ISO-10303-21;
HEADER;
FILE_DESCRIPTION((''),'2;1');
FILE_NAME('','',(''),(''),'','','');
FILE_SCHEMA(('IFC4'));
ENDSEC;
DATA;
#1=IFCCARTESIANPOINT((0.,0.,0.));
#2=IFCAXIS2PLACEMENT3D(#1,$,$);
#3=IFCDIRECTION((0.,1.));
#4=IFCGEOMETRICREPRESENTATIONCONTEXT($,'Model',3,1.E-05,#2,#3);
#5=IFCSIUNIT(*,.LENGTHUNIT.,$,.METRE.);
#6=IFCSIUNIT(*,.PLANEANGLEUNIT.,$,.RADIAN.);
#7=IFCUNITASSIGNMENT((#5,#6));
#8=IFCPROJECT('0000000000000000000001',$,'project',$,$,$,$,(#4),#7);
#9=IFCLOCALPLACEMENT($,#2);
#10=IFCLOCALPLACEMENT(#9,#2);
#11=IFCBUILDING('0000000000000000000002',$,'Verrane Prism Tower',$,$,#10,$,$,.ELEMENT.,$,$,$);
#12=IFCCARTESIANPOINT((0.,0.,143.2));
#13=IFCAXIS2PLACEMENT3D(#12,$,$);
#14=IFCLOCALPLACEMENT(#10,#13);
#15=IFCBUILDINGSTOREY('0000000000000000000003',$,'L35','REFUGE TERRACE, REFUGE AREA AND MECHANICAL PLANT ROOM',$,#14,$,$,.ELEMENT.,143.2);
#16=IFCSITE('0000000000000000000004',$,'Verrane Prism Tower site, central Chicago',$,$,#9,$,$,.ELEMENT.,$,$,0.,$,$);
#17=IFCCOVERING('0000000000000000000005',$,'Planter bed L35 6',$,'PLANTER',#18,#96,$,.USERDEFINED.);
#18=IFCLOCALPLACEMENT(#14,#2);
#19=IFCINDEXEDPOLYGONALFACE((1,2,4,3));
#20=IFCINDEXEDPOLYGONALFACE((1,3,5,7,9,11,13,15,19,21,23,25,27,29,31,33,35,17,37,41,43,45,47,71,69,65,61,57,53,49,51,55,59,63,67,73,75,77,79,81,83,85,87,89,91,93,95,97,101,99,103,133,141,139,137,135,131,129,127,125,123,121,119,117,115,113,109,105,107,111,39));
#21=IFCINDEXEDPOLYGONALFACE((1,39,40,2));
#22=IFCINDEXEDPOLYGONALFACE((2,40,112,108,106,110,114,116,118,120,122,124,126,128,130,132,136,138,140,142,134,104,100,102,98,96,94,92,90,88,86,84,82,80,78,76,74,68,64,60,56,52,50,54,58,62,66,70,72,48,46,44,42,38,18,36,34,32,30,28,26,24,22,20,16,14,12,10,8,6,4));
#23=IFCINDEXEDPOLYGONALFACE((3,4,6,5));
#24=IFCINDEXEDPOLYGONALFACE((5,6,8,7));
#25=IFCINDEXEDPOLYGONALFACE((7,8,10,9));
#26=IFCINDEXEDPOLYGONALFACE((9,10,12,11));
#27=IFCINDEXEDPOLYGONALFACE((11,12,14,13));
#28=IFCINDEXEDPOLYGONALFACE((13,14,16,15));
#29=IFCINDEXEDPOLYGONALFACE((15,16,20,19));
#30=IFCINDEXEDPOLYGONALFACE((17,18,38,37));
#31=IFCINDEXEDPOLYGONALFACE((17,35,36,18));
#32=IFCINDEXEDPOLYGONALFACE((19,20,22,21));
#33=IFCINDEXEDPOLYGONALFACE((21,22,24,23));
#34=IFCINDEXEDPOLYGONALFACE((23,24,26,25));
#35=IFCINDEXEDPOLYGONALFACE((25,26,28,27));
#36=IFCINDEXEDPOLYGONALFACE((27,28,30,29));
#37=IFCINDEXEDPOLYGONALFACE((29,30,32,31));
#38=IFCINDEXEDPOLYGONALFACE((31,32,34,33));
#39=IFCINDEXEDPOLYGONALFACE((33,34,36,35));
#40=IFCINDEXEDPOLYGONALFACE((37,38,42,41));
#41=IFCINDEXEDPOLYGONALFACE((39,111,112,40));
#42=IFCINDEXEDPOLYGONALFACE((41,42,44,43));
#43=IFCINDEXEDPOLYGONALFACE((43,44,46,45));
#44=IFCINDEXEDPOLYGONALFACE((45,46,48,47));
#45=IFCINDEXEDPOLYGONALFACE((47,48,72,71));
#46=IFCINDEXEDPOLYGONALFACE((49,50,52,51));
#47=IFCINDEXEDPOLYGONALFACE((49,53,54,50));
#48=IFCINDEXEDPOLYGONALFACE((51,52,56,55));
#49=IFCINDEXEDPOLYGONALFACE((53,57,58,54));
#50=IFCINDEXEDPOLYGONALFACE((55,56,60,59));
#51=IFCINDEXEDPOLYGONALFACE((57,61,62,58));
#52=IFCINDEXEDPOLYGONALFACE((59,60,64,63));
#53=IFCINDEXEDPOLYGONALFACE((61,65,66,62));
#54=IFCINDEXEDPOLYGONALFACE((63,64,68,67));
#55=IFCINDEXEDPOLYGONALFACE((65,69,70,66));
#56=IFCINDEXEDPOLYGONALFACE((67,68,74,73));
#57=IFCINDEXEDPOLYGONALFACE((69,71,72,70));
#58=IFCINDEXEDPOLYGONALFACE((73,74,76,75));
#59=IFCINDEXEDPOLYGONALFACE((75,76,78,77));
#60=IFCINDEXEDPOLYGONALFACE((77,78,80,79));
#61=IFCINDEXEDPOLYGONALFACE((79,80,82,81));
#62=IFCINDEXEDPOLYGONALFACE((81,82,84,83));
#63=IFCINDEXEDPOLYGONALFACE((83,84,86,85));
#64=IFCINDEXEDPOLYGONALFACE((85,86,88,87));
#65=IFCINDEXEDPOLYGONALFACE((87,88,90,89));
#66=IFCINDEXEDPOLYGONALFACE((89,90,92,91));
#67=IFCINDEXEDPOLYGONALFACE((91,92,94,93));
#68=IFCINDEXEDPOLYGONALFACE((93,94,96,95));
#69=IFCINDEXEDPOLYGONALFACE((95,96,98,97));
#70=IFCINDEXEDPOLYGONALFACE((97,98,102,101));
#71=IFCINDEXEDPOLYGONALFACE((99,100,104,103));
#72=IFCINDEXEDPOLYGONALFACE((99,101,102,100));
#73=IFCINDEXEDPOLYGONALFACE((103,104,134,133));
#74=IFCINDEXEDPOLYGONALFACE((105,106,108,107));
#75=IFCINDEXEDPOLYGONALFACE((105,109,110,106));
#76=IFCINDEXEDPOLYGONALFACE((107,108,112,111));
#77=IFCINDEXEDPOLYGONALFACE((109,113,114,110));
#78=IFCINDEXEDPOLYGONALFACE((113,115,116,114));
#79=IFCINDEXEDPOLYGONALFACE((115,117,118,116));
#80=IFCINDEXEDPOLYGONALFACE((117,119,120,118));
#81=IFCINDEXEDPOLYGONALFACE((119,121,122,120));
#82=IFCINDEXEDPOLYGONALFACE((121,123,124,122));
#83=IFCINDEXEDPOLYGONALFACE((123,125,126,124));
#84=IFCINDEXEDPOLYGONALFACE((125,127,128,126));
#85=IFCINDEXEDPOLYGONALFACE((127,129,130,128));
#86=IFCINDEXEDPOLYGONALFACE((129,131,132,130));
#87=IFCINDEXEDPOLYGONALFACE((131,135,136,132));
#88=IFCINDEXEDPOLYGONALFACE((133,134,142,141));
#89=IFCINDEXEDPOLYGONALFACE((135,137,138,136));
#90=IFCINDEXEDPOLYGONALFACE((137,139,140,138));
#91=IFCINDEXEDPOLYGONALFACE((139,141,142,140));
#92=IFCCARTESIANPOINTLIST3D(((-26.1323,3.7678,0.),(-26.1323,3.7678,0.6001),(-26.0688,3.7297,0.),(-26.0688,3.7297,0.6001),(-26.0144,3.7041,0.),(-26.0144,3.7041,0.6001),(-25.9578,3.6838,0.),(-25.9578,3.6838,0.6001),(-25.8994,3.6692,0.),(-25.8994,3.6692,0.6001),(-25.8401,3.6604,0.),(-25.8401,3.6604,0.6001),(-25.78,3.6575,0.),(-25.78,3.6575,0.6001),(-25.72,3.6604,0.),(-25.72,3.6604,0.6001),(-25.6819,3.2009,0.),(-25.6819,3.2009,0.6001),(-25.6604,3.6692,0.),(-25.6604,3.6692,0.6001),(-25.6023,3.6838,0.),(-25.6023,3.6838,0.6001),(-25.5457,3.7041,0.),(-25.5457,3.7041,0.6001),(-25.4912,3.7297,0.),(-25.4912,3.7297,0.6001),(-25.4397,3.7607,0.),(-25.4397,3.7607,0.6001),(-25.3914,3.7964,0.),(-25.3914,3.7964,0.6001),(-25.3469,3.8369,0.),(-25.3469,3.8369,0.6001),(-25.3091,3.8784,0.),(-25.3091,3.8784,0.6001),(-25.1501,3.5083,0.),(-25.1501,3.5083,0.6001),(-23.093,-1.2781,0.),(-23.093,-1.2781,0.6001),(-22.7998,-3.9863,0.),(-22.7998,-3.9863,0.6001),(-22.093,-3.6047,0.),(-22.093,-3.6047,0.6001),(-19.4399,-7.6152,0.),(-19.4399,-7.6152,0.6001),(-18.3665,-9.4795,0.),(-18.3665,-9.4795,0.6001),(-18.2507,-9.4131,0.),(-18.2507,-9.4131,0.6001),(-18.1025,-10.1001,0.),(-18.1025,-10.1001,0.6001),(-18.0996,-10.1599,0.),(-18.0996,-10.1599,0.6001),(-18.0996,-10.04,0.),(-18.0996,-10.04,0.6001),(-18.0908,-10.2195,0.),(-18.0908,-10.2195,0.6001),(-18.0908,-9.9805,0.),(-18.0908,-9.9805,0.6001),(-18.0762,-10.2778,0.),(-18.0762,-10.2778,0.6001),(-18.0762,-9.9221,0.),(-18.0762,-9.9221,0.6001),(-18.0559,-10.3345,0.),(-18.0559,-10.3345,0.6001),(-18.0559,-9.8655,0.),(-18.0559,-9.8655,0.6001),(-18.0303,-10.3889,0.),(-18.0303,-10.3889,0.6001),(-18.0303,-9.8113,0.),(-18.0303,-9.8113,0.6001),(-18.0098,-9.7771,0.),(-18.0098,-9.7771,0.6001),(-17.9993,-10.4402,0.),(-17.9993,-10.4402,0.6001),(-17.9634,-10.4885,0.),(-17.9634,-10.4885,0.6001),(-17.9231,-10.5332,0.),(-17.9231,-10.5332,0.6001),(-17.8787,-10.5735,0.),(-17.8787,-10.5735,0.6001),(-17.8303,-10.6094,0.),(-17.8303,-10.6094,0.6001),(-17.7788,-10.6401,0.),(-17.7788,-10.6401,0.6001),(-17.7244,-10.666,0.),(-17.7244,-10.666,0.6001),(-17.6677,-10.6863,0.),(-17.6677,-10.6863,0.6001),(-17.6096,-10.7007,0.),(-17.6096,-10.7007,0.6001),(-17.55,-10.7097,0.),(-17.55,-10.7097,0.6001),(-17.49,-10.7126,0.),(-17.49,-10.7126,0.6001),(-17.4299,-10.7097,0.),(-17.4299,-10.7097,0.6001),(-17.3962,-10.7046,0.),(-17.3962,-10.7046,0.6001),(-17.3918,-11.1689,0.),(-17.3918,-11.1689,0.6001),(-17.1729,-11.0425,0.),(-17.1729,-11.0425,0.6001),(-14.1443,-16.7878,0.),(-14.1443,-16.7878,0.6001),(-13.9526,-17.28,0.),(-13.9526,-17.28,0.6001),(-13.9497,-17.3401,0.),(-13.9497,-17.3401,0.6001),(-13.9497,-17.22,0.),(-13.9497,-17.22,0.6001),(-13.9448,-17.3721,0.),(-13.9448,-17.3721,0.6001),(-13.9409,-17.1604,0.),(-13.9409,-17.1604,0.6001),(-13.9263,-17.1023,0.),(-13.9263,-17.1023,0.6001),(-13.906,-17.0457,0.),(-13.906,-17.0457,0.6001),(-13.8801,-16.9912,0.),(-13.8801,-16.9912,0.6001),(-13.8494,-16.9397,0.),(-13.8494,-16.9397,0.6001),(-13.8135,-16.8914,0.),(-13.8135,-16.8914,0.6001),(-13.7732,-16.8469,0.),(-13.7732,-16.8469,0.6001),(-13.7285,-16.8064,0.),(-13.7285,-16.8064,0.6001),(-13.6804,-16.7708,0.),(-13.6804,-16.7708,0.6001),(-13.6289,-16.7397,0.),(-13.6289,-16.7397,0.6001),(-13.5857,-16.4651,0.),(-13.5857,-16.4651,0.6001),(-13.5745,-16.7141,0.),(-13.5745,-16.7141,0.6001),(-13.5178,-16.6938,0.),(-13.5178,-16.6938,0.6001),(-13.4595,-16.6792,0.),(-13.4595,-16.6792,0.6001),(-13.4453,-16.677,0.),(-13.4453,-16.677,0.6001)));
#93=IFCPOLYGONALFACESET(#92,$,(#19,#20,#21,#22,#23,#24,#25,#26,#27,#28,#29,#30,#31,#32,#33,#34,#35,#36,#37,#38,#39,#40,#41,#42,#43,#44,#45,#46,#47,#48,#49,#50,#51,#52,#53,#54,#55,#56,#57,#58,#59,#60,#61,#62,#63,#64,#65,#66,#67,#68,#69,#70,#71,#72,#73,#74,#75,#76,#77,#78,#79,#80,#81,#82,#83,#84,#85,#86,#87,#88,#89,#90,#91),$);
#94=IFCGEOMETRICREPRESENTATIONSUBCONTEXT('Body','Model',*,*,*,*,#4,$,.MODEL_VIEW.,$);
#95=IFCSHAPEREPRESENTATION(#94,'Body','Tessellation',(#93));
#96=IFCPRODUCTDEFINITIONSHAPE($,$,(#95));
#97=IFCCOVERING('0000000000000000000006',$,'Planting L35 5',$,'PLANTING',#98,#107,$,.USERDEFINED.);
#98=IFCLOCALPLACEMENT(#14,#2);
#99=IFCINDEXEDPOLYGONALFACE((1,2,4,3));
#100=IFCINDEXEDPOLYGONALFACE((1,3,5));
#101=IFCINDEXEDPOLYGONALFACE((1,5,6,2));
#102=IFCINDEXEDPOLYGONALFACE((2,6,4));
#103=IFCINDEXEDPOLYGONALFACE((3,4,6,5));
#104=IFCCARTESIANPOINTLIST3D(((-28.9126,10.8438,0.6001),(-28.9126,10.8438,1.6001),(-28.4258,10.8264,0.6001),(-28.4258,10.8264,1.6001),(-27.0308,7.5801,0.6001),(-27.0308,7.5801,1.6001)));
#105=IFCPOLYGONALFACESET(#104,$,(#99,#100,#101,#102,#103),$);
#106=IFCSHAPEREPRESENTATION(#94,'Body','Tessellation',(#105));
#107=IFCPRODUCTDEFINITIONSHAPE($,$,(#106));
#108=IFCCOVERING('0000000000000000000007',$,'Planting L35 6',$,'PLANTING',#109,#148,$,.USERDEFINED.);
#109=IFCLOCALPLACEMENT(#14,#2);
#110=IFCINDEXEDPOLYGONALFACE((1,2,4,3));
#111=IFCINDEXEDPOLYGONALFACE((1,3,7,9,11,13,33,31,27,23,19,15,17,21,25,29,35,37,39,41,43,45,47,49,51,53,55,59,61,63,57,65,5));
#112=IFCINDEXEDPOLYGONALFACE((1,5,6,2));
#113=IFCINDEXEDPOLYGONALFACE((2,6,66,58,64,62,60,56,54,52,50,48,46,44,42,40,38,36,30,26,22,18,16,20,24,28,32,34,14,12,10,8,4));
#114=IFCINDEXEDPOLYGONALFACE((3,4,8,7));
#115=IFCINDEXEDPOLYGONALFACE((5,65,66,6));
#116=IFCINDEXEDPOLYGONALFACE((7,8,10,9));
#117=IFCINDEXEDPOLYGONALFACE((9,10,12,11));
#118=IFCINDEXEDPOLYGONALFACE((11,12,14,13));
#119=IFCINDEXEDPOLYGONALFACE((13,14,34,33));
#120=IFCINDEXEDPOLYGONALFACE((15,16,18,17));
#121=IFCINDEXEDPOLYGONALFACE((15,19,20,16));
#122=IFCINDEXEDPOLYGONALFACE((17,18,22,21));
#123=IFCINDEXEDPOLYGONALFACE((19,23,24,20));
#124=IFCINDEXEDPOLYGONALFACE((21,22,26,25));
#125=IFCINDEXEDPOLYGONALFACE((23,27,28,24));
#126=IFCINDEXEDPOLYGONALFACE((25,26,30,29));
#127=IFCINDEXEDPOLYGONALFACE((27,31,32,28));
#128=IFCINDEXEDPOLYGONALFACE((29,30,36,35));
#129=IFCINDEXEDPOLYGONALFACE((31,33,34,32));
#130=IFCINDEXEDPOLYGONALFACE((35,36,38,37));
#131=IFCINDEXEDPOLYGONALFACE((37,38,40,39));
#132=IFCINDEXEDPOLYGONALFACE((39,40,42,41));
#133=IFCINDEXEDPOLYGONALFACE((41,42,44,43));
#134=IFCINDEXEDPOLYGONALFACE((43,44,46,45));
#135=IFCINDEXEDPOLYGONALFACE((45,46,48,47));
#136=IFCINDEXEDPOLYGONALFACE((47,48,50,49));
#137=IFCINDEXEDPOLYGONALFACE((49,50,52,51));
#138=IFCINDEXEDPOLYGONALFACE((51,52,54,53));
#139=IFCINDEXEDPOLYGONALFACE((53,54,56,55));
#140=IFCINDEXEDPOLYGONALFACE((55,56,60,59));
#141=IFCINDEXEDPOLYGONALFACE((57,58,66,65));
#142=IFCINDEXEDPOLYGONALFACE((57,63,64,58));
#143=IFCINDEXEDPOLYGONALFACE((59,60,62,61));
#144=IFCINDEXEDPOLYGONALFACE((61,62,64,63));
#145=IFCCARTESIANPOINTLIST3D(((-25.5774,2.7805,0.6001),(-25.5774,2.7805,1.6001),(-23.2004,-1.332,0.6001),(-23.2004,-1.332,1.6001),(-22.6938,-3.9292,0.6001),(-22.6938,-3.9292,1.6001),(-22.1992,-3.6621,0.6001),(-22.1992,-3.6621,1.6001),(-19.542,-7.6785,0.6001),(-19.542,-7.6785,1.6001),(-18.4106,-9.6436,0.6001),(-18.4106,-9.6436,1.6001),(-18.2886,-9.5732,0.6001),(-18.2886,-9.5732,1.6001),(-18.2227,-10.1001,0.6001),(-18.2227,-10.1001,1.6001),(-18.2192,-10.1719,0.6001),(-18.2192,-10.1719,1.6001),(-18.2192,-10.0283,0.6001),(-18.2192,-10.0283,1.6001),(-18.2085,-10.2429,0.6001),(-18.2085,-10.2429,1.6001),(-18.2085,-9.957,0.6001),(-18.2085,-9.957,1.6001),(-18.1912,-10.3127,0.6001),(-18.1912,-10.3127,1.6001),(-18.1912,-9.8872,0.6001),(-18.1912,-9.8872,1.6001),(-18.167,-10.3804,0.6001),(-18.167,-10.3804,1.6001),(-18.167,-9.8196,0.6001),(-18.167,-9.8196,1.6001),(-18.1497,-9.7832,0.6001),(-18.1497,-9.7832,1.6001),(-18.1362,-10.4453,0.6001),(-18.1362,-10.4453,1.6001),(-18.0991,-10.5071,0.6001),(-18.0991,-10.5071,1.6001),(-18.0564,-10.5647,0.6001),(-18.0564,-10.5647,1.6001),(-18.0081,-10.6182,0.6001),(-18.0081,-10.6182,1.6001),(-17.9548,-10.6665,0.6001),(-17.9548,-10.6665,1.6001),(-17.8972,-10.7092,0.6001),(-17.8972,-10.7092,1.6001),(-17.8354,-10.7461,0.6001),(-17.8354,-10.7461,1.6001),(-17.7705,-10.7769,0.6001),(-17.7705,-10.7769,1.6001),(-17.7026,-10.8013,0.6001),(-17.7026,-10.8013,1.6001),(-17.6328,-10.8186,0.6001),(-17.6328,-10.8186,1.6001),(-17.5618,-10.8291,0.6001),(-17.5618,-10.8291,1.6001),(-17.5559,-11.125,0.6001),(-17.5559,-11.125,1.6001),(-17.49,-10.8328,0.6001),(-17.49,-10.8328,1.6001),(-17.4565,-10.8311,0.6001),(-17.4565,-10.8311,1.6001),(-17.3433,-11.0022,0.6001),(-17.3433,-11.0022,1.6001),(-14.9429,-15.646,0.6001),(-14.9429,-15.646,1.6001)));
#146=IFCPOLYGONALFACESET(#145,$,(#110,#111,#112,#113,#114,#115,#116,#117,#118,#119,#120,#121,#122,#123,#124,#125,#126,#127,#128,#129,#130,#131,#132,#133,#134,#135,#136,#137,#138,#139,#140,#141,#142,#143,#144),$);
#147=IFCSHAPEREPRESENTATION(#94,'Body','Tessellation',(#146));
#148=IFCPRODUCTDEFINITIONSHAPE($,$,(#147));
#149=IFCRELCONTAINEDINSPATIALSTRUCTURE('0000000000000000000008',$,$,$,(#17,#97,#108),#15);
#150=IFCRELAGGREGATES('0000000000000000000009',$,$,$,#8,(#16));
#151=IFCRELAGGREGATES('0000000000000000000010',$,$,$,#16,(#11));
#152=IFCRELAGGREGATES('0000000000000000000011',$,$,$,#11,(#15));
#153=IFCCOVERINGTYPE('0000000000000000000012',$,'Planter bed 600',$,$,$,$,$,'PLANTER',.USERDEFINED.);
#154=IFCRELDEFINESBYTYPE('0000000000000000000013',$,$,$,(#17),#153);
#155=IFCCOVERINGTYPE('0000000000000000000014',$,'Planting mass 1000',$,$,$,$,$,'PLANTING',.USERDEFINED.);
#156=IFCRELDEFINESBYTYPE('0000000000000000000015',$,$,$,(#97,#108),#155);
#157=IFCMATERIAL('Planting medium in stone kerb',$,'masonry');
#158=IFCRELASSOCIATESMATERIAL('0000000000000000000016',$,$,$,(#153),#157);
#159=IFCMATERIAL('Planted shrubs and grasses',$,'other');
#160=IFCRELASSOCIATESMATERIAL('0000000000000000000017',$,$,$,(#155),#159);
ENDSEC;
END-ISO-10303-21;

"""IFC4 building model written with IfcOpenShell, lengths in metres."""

from ifc_helpers import new_model, si_unit, direction, frame, origin, place, context, subcontext, project, spatial, polyline, outline, extrude, material, type_object, element, save


model = new_model("IFC4")

# Units and contexts
model_context = context("Model", 3, precision=1e-05, world=origin(), true_north=direction((0.0, 1.0)))
body_context = subcontext(model_context, "Body", "Model", "MODEL_VIEW")
ifc_project = project(units=[si_unit("LENGTHUNIT", "METRE"), si_unit("PLANEANGLEUNIT", "RADIAN")], contexts=[model_context])

# Site, building, storey
site_placement = place(None, origin())
site = spatial("IfcSite", under=ifc_project, at=site_placement, Name="Verrane Prism Tower site, central Chicago", CompositionType="ELEMENT", RefElevation=0.0)
building_placement = place(site_placement, origin())
building = spatial("IfcBuilding", under=site, at=building_placement, Name="Verrane Prism Tower", CompositionType="ELEMENT")
storey_placement = place(building_placement, frame((0.0, 0.0, 143.2)))
storey = spatial("IfcBuildingStorey", under=building, at=storey_placement, Name="L35", Description="REFUGE TERRACE, REFUGE AREA AND MECHANICAL PLANT ROOM", CompositionType="ELEMENT", Elevation=143.2)

# Coverings
ifc_material_1 = material(Name="Planting medium in stone kerb", Category="masonry")
covering_type_1 = type_object("IfcCoveringType", Name="Planter bed 600", ElementType="PLANTER", PredefinedType="USERDEFINED", material=ifc_material_1)
covering_1_placement = place(storey_placement, origin())
element("IfcCovering", 1, at=covering_1_placement, inside=storey, type_object=covering_type_1, Name="Planter bed L35 6", ObjectType="PLANTER", PredefinedType="USERDEFINED", context=body_context, shape_type="SweptSolid", body=[
    extrude(outline(polyline([(-22.7998, -3.9863), (-13.9448, -17.3721), (-13.9497, -17.3401), (-13.9526, -17.28), (-13.9497, -17.22), (-13.9409, -17.1604), (-13.9263, -17.1023), (-13.906, -17.0457), (-13.8801, -16.9912), (-13.8494, -16.9397), (-13.8135, -16.8914), (-13.7732, -16.8469), (-13.7285, -16.8064), (-13.6804, -16.7708), (-13.6289, -16.7397), (-13.5745, -16.7141), (-13.5178, -16.6938), (-13.4595, -16.6792), (-13.4453, -16.677), (-13.5857, -16.4651), (-14.1443, -16.7878), (-17.3918, -11.1689), (-17.1729, -11.0425), (-17.3962, -10.7046), (-17.4299, -10.7097), (-17.49, -10.7126), (-17.55, -10.7097), (-17.6096, -10.7007), (-17.6677, -10.6863), (-17.7244, -10.666), (-17.7788, -10.6401), (-17.8303, -10.6094), (-17.8787, -10.5735), (-17.9231, -10.5332), (-17.9634, -10.4885), (-17.9993, -10.4402), (-18.0303, -10.3889), (-18.0559, -10.3345), (-18.0762, -10.2778), (-18.0908, -10.2195), (-18.0996, -10.1599), (-18.1025, -10.1001), (-18.0996, -10.04), (-18.0908, -9.9805), (-18.0762, -9.9221), (-18.0559, -9.8655), (-18.0303, -9.8113), (-18.0098, -9.7771), (-18.2507, -9.4131), (-18.3665, -9.4795), (-19.4399, -7.6152), (-22.093, -3.6047), (-23.093, -1.2781), (-25.6819, 3.2009), (-25.1501, 3.5083), (-25.3091, 3.8784), (-25.3469, 3.8369), (-25.3914, 3.7964), (-25.4397, 3.7607), (-25.4912, 3.7297), (-25.5457, 3.7041), (-25.6023, 3.6838), (-25.6604, 3.6692), (-25.72, 3.6604), (-25.78, 3.6575), (-25.8401, 3.6604), (-25.8994, 3.6692), (-25.9578, 3.6838), (-26.0144, 3.7041), (-26.0688, 3.7297), (-26.1323, 3.7678), (-22.7998, -3.9863)])), origin(), (0.0, 0.0, 1.0), 0.6001),
])
ifc_material_2 = material(Name="Planted shrubs and grasses", Category="other")
covering_type_2 = type_object("IfcCoveringType", Name="Planting mass 1000", ElementType="PLANTING", PredefinedType="USERDEFINED", material=ifc_material_2)
covering_2_placement = place(storey_placement, frame((0.0, 0.0, 0.6001)))
element("IfcCovering", 2, at=covering_2_placement, inside=storey, type_object=covering_type_2, Name="Planting L35 5", ObjectType="PLANTING", PredefinedType="USERDEFINED", context=body_context, shape_type="SweptSolid", body=[
    extrude(outline(polyline([(-27.0308, 7.5801), (-28.4258, 10.8264), (-28.9126, 10.8438), (-27.0308, 7.5801)])), origin(), (0.0, 0.0, 1.0), 1.0),
])
covering_3_placement = place(storey_placement, frame((0.0, 0.0, 0.6001)))
element("IfcCovering", 3, at=covering_3_placement, inside=storey, type_object=covering_type_2, Name="Planting L35 6", ObjectType="PLANTING", PredefinedType="USERDEFINED", context=body_context, shape_type="SweptSolid", body=[
    extrude(outline(polyline([(-22.6938, -3.9292), (-14.9429, -15.646), (-17.5559, -11.125), (-17.3433, -11.0022), (-17.4565, -10.8311), (-17.49, -10.8328), (-17.5618, -10.8291), (-17.6328, -10.8186), (-17.7026, -10.8013), (-17.7705, -10.7769), (-17.8354, -10.7461), (-17.8972, -10.7092), (-17.9548, -10.6665), (-18.0081, -10.6182), (-18.0564, -10.5647), (-18.0991, -10.5071), (-18.1362, -10.4453), (-18.167, -10.3804), (-18.1912, -10.3127), (-18.2085, -10.2429), (-18.2192, -10.1719), (-18.2227, -10.1001), (-18.2192, -10.0283), (-18.2085, -9.957), (-18.1912, -9.8872), (-18.167, -9.8196), (-18.1497, -9.7832), (-18.2886, -9.5732), (-18.4106, -9.6436), (-19.542, -7.6785), (-22.1992, -3.6621), (-23.2004, -1.332), (-25.5774, 2.7805), (-22.6938, -3.9292)])), origin(), (0.0, 0.0, 1.0), 1.0),
])

save(model, "model.ifc")
